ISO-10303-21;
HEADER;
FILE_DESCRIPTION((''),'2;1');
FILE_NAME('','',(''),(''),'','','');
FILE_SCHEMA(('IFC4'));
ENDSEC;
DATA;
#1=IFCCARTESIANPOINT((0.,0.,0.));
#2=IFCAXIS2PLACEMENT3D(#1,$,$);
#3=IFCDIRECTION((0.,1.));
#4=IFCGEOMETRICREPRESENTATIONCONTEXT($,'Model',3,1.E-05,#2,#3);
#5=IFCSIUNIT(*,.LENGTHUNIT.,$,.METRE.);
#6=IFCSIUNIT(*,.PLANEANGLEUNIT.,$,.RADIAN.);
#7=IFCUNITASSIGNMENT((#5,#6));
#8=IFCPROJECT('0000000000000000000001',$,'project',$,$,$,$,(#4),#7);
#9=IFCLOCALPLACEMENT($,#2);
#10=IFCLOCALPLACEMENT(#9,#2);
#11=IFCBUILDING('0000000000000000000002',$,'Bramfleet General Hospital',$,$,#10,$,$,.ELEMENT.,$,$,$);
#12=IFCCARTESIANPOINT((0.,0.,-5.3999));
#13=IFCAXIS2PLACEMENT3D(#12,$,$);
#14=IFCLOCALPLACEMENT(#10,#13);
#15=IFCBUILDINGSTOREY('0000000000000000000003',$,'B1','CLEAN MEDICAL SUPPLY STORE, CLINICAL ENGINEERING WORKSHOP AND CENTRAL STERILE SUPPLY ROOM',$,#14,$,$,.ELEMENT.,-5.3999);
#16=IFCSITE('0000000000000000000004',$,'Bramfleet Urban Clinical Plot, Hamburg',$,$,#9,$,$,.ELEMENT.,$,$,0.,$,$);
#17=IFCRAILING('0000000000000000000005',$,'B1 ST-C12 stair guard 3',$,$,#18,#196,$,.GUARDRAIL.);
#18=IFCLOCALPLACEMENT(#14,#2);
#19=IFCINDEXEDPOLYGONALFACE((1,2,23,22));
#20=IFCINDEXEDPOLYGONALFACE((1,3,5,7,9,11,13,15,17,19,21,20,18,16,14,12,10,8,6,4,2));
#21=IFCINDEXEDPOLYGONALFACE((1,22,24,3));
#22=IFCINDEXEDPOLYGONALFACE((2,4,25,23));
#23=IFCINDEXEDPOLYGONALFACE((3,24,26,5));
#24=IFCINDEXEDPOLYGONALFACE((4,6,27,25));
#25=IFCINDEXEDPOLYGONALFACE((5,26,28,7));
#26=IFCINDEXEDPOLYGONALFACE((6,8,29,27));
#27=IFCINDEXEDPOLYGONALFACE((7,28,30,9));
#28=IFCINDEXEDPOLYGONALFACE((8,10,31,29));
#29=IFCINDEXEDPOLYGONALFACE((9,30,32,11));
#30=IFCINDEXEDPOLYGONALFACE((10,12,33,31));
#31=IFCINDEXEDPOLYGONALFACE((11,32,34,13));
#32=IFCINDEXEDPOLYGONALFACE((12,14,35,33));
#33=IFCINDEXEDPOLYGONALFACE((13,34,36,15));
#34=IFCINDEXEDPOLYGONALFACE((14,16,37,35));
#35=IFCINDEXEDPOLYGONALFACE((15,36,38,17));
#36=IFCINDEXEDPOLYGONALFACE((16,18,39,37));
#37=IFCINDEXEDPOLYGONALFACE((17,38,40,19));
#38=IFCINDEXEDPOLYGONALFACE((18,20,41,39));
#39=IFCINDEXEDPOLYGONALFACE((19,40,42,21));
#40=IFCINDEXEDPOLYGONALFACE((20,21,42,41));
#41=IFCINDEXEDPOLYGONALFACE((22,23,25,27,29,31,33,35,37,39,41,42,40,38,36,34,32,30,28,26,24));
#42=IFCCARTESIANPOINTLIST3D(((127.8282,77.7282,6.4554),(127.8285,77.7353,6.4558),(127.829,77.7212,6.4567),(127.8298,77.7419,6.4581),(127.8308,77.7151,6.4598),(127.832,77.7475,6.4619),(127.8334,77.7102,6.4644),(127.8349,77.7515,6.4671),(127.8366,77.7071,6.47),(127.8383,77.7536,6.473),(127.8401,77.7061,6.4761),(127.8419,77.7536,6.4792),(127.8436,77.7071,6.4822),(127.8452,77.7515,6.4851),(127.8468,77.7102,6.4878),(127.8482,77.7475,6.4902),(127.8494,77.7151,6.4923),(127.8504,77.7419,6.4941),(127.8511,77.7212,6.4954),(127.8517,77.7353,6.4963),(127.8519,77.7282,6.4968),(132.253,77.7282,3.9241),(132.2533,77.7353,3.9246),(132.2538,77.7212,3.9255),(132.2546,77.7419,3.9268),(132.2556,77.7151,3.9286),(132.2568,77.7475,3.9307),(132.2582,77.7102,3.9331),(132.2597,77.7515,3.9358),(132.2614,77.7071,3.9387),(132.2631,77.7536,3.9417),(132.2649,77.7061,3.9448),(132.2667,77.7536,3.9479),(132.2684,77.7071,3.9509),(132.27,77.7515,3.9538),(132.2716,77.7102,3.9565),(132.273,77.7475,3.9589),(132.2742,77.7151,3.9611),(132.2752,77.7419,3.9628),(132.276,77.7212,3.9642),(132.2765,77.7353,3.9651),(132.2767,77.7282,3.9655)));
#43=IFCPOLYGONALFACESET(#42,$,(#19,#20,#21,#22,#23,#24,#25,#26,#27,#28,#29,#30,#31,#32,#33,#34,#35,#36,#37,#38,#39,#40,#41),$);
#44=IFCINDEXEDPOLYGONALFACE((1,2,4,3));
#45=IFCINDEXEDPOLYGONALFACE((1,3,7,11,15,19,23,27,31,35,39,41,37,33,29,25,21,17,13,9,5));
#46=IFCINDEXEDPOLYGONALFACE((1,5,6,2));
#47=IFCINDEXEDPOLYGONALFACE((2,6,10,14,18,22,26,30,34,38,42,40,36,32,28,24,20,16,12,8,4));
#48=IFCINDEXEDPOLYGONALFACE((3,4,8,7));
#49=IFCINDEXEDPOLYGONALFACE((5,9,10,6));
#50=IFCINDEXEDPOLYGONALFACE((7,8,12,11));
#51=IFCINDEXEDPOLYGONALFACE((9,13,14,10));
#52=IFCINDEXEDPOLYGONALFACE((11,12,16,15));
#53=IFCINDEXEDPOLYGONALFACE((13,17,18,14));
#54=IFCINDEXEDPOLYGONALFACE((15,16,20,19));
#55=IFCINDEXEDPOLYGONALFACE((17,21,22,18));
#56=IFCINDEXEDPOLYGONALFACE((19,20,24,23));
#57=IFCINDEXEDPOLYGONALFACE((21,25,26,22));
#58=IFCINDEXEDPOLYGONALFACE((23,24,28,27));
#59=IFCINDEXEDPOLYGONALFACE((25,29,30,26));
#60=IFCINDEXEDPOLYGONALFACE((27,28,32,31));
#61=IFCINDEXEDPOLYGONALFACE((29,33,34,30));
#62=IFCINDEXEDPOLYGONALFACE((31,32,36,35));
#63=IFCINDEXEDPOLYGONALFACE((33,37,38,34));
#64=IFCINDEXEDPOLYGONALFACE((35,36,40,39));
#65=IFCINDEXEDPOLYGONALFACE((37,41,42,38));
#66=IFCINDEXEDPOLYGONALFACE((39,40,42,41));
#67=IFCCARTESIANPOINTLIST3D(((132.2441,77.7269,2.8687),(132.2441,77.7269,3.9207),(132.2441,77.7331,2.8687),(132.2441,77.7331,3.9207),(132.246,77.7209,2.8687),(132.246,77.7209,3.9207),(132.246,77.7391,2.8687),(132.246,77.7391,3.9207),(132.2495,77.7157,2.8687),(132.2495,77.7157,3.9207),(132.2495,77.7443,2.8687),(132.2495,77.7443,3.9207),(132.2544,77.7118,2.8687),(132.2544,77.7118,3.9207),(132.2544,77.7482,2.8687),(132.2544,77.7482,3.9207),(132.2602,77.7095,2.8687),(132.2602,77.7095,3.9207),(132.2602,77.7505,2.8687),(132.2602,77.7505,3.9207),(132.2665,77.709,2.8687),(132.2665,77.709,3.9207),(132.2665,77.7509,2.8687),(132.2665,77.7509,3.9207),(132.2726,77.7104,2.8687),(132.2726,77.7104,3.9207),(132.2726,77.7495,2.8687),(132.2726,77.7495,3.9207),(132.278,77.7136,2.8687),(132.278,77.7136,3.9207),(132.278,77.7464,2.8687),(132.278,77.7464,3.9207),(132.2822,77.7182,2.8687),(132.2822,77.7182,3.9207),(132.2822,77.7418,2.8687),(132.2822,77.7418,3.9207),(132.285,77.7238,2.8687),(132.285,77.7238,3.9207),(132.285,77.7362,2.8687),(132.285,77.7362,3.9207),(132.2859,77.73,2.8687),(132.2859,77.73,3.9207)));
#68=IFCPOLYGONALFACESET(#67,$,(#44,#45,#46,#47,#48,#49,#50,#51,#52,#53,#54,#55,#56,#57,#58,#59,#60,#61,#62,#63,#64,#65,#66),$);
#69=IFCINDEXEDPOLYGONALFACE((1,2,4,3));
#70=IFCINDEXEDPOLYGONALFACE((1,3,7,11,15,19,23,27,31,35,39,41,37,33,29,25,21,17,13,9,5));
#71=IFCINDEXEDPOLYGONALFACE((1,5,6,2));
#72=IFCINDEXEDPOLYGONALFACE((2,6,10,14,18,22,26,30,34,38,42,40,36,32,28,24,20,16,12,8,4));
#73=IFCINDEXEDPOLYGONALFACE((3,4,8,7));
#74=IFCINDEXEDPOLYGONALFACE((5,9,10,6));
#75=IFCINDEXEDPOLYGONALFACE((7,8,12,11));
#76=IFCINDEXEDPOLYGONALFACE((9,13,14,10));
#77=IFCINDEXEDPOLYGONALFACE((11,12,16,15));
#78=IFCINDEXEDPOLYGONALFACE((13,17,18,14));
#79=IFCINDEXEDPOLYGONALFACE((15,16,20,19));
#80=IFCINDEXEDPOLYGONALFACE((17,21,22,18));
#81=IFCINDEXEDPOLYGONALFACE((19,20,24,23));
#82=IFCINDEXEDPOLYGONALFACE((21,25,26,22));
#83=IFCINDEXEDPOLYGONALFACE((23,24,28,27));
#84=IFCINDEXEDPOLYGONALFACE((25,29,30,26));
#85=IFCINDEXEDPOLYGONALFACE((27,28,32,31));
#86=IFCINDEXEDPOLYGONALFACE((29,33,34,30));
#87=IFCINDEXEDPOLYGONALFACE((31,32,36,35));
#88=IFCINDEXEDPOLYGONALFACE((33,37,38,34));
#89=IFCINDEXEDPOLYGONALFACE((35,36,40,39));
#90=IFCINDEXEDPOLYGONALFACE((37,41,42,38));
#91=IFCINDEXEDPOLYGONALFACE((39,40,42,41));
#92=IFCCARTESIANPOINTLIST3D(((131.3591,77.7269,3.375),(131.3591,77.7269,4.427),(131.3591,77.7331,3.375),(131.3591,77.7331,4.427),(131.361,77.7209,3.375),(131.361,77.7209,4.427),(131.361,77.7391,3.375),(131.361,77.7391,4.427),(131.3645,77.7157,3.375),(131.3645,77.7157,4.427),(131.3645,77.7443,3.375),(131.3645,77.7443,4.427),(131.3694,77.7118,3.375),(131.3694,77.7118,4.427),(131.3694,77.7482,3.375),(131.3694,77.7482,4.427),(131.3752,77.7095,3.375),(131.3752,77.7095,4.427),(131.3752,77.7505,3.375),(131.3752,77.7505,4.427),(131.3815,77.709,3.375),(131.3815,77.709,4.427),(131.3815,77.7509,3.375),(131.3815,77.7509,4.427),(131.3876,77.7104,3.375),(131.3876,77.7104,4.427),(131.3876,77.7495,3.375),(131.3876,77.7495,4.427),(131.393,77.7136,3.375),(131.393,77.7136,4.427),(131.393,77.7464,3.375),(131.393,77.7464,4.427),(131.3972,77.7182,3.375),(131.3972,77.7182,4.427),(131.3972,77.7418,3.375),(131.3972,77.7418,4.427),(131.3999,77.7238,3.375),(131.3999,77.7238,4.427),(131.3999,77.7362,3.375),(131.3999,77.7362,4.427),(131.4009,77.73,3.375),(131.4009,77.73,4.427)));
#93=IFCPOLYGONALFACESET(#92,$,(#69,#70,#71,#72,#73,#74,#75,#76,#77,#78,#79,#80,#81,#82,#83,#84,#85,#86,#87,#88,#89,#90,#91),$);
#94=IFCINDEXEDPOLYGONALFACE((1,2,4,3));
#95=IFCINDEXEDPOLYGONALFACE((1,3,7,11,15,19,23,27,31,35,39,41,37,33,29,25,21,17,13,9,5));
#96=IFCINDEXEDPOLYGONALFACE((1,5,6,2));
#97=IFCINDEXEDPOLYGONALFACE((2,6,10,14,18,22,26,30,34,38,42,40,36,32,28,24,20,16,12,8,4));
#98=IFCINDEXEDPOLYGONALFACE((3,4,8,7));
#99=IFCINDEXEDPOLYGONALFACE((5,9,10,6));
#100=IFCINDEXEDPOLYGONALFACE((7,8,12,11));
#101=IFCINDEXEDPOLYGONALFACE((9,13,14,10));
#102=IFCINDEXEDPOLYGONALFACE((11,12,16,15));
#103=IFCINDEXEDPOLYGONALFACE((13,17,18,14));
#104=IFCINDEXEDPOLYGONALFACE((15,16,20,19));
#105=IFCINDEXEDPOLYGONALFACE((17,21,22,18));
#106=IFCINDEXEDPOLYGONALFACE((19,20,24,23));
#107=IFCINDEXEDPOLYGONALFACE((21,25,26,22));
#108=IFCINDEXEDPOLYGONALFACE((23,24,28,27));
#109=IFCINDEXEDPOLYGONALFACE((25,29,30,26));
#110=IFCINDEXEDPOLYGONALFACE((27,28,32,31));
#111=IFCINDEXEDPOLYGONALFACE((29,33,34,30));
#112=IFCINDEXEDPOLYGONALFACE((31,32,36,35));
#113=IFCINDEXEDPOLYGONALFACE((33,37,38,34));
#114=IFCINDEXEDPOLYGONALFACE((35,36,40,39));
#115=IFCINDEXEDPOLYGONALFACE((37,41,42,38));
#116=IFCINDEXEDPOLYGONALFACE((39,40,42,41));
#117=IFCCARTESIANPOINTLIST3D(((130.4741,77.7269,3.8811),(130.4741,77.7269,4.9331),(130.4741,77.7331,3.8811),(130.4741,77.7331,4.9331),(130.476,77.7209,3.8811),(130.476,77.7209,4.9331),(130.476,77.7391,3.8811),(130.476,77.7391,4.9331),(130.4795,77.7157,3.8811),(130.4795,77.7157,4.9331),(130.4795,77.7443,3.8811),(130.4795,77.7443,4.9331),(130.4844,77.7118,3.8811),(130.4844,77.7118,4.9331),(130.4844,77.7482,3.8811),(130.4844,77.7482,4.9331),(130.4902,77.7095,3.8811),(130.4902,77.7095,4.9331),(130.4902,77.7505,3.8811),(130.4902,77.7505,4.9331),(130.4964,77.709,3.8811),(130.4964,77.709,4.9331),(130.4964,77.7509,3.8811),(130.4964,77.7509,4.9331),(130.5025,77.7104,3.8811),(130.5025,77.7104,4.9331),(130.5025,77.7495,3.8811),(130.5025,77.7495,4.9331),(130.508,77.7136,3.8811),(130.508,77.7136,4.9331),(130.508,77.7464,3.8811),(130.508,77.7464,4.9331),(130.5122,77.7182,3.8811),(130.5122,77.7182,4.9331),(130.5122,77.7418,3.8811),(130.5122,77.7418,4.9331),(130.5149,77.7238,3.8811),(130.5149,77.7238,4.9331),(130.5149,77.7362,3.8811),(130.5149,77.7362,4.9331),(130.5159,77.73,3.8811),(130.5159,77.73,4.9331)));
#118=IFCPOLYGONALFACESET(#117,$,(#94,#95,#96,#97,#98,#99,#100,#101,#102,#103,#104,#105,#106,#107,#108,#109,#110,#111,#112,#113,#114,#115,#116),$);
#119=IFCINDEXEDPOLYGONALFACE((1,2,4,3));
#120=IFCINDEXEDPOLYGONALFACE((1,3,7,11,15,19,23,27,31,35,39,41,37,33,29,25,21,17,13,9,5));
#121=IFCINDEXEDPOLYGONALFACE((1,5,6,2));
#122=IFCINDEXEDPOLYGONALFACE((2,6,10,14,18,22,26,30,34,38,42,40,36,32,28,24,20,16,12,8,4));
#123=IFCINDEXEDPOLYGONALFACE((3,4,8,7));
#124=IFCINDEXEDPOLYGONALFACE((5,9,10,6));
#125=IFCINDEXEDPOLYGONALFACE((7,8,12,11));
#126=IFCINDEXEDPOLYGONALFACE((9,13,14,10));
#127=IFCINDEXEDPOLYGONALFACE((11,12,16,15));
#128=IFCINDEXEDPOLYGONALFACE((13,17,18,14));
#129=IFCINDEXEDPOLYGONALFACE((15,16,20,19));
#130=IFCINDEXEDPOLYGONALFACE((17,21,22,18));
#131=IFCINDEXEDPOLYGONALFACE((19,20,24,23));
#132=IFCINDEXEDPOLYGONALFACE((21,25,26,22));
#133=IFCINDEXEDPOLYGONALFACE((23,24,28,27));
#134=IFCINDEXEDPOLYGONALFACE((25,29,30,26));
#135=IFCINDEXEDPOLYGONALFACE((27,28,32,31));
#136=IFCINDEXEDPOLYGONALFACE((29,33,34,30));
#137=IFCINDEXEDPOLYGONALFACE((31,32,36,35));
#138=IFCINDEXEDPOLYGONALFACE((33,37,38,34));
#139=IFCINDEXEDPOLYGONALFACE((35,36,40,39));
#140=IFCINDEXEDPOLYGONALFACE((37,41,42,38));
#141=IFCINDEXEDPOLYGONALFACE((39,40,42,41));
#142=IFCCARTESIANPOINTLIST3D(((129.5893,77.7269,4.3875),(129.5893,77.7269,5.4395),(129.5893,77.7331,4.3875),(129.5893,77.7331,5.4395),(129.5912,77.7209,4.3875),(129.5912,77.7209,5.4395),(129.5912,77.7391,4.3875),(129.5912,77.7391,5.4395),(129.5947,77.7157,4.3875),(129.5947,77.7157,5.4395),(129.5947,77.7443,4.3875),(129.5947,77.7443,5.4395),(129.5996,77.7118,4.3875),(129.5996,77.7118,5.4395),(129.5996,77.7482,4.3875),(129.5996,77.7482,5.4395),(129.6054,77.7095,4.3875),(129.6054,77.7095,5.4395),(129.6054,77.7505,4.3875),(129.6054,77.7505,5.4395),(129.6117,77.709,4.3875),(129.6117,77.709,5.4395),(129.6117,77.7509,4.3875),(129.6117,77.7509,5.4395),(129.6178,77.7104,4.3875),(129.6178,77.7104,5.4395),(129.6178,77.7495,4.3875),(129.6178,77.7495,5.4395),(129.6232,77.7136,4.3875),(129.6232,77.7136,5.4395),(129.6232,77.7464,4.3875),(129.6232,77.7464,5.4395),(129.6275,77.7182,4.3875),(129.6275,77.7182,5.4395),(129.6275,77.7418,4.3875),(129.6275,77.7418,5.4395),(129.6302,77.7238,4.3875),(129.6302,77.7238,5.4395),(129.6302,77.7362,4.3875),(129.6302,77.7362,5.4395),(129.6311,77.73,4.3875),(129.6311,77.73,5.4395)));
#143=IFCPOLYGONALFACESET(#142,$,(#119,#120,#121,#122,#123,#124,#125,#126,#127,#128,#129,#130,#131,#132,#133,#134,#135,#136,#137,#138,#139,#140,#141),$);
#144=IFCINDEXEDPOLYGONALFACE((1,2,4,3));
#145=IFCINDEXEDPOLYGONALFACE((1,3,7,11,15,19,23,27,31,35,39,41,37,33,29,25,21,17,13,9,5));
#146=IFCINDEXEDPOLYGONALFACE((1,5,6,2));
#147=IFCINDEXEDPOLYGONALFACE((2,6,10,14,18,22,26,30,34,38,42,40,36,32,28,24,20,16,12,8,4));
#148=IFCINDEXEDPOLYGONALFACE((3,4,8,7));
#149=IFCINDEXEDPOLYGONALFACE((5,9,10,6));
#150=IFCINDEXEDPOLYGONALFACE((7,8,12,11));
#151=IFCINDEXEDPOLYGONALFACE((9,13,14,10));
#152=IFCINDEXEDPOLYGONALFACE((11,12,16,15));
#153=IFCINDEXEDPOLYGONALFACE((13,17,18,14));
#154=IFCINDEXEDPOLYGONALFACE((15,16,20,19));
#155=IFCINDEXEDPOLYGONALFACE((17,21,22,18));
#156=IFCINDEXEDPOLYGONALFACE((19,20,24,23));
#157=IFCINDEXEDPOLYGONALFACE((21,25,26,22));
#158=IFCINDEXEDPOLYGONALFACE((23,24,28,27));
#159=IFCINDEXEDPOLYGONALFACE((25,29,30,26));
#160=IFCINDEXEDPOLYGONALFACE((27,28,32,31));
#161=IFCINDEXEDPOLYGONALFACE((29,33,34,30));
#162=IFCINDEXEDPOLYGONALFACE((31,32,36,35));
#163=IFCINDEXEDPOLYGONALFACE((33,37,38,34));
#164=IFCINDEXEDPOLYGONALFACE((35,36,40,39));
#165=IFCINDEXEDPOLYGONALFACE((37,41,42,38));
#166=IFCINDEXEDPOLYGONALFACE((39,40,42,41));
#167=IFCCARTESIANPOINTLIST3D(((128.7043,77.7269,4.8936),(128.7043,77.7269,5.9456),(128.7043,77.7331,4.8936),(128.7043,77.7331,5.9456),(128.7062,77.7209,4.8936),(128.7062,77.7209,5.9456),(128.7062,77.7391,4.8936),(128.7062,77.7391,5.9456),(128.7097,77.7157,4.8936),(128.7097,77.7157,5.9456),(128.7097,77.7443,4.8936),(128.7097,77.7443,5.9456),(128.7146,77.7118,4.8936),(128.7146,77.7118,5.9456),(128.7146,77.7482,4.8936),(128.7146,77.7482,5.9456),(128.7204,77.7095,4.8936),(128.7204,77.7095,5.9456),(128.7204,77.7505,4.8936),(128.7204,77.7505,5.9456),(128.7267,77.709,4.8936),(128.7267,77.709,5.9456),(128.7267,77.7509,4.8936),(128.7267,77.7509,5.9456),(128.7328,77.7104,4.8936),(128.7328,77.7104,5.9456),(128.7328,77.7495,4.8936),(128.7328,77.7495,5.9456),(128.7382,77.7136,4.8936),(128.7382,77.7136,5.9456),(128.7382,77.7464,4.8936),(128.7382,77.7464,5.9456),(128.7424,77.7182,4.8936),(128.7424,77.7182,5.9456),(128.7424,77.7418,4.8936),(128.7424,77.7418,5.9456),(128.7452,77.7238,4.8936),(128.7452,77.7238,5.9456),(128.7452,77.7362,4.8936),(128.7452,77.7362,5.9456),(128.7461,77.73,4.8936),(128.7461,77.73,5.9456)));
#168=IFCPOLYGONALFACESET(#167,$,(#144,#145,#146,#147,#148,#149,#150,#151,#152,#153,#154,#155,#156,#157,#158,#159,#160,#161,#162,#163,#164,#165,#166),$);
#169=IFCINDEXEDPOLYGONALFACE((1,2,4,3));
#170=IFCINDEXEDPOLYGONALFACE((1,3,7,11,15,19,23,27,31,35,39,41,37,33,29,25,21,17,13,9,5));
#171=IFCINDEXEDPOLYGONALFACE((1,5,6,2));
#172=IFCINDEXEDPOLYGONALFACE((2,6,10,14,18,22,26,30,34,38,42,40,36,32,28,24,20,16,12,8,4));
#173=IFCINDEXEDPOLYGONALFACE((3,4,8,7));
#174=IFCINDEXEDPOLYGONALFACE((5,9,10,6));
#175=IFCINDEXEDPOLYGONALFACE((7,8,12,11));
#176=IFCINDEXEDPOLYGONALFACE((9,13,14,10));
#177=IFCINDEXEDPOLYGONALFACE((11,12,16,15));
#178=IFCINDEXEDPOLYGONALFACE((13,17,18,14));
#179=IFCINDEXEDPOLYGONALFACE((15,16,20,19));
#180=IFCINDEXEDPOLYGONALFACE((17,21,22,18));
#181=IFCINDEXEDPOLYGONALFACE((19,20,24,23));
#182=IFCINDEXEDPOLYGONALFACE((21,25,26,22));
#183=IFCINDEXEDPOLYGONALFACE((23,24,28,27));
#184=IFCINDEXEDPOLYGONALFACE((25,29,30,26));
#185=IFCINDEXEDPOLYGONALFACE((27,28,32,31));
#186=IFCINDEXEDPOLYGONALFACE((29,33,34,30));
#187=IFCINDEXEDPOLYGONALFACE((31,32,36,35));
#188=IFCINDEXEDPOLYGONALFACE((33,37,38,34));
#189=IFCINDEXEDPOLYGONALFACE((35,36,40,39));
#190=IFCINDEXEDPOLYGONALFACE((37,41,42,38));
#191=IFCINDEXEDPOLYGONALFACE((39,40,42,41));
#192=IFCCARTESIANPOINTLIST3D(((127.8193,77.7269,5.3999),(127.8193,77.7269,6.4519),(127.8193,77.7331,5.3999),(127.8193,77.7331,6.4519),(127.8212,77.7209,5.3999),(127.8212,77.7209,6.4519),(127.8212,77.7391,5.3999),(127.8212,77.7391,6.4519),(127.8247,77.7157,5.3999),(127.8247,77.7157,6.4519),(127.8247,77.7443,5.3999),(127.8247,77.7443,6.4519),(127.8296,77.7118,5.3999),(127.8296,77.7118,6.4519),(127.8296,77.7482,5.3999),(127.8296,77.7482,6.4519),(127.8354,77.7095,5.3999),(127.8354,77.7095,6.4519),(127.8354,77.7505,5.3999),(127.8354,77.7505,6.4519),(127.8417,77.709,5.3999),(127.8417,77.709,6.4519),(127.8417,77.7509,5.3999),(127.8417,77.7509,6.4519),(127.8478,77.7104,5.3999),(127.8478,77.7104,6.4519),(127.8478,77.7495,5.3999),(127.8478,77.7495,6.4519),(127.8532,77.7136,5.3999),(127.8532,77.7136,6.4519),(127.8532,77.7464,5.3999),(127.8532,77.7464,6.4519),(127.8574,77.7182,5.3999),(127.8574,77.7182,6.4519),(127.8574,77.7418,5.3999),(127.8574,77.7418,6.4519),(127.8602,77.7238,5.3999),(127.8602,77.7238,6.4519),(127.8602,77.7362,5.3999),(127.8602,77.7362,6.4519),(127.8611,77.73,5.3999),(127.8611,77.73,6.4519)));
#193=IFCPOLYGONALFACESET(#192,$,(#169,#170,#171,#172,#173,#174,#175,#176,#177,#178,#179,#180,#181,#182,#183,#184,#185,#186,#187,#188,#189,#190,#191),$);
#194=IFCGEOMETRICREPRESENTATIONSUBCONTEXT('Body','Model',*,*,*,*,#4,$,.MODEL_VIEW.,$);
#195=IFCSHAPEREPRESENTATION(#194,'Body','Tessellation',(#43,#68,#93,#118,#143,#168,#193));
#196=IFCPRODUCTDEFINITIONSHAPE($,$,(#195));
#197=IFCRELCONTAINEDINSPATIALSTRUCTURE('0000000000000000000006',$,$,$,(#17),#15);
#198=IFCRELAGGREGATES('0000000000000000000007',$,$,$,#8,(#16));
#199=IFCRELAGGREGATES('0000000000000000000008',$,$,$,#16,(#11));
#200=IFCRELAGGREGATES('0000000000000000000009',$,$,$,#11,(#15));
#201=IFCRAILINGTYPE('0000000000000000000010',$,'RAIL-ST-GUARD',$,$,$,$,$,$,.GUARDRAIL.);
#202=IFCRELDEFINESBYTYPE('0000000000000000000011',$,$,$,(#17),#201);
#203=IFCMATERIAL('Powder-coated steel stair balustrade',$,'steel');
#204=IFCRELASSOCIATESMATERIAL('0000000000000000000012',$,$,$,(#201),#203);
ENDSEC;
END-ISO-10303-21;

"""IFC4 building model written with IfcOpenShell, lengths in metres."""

from ifc_helpers import new_model, si_unit, direction, frame, origin, origin_2d, place, context, subcontext, project, spatial, circle, extrude, material, type_object, element, save


model = new_model("IFC4")

# Units and contexts
model_context = context("Model", 3, precision=1e-05, world=origin(), true_north=direction((0.0, 1.0)))
body_context = subcontext(model_context, "Body", "Model", "MODEL_VIEW")
ifc_project = project(units=[si_unit("LENGTHUNIT", "METRE"), si_unit("PLANEANGLEUNIT", "RADIAN")], contexts=[model_context])

# Site, building, storey
site_placement = place(None, origin())
site = spatial("IfcSite", under=ifc_project, at=site_placement, Name="Bramfleet Urban Clinical Plot, Hamburg", CompositionType="ELEMENT", RefElevation=0.0)
building_placement = place(site_placement, origin())
building = spatial("IfcBuilding", under=site, at=building_placement, Name="Bramfleet General Hospital", CompositionType="ELEMENT")
storey_placement = place(building_placement, frame((0.0, 0.0, -5.3999)))
storey = spatial("IfcBuildingStorey", under=building, at=storey_placement, Name="B1", Description="CLEAN MEDICAL SUPPLY STORE, CLINICAL ENGINEERING WORKSHOP AND CENTRAL STERILE SUPPLY ROOM", CompositionType="ELEMENT", Elevation=-5.3999)

# Railing
ifc_material_1 = material(Name="Powder-coated steel stair balustrade", Category="steel")
railing_type_1 = type_object("IfcRailingType", Name="RAIL-ST-GUARD", PredefinedType="GUARDRAIL", material=ifc_material_1)
railing_1_placement = place(storey_placement, frame((132.2649, 77.73, 2.8687)))
element("IfcRailing", 1, at=railing_1_placement, inside=storey, type_object=railing_type_1, Name="B1 ST-C12 stair guard 3", PredefinedType="GUARDRAIL", context=body_context, shape_type="SweptSolid", body=[
    extrude(circle(Radius=0.0239, at=origin_2d()), frame((0.0, 0.0, 1.0762), z_axis=(-0.868007, 0.0, 0.496551), x_axis=(0.0, -1.0, 0.0)), (0.0, 0.0, 1.0), 5.0977),
    extrude(circle(Radius=0.021, at=origin_2d()), origin(), (0.0, 0.0, 1.0), 1.052),
    extrude(circle(Radius=0.021, at=origin_2d()), frame((-0.885, 0.0, 0.5063)), (0.0, 0.0, 1.0), 1.052),
    extrude(circle(Radius=0.021, at=origin_2d()), frame((-1.77, 0.0, 1.0125)), (0.0, 0.0, 1.0), 1.052),
    extrude(circle(Radius=0.021, at=origin_2d()), frame((-2.6548, 0.0, 1.5188)), (0.0, 0.0, 1.0), 1.052),
    extrude(circle(Radius=0.021, at=origin_2d()), frame((-3.5398, 0.0, 2.0249)), (0.0, 0.0, 1.0), 1.052),
    extrude(circle(Radius=0.021, at=origin_2d()), frame((-4.4248, 0.0, 2.5312)), (0.0, 0.0, 1.0), 1.052),
])

save(model, "model.ifc")
